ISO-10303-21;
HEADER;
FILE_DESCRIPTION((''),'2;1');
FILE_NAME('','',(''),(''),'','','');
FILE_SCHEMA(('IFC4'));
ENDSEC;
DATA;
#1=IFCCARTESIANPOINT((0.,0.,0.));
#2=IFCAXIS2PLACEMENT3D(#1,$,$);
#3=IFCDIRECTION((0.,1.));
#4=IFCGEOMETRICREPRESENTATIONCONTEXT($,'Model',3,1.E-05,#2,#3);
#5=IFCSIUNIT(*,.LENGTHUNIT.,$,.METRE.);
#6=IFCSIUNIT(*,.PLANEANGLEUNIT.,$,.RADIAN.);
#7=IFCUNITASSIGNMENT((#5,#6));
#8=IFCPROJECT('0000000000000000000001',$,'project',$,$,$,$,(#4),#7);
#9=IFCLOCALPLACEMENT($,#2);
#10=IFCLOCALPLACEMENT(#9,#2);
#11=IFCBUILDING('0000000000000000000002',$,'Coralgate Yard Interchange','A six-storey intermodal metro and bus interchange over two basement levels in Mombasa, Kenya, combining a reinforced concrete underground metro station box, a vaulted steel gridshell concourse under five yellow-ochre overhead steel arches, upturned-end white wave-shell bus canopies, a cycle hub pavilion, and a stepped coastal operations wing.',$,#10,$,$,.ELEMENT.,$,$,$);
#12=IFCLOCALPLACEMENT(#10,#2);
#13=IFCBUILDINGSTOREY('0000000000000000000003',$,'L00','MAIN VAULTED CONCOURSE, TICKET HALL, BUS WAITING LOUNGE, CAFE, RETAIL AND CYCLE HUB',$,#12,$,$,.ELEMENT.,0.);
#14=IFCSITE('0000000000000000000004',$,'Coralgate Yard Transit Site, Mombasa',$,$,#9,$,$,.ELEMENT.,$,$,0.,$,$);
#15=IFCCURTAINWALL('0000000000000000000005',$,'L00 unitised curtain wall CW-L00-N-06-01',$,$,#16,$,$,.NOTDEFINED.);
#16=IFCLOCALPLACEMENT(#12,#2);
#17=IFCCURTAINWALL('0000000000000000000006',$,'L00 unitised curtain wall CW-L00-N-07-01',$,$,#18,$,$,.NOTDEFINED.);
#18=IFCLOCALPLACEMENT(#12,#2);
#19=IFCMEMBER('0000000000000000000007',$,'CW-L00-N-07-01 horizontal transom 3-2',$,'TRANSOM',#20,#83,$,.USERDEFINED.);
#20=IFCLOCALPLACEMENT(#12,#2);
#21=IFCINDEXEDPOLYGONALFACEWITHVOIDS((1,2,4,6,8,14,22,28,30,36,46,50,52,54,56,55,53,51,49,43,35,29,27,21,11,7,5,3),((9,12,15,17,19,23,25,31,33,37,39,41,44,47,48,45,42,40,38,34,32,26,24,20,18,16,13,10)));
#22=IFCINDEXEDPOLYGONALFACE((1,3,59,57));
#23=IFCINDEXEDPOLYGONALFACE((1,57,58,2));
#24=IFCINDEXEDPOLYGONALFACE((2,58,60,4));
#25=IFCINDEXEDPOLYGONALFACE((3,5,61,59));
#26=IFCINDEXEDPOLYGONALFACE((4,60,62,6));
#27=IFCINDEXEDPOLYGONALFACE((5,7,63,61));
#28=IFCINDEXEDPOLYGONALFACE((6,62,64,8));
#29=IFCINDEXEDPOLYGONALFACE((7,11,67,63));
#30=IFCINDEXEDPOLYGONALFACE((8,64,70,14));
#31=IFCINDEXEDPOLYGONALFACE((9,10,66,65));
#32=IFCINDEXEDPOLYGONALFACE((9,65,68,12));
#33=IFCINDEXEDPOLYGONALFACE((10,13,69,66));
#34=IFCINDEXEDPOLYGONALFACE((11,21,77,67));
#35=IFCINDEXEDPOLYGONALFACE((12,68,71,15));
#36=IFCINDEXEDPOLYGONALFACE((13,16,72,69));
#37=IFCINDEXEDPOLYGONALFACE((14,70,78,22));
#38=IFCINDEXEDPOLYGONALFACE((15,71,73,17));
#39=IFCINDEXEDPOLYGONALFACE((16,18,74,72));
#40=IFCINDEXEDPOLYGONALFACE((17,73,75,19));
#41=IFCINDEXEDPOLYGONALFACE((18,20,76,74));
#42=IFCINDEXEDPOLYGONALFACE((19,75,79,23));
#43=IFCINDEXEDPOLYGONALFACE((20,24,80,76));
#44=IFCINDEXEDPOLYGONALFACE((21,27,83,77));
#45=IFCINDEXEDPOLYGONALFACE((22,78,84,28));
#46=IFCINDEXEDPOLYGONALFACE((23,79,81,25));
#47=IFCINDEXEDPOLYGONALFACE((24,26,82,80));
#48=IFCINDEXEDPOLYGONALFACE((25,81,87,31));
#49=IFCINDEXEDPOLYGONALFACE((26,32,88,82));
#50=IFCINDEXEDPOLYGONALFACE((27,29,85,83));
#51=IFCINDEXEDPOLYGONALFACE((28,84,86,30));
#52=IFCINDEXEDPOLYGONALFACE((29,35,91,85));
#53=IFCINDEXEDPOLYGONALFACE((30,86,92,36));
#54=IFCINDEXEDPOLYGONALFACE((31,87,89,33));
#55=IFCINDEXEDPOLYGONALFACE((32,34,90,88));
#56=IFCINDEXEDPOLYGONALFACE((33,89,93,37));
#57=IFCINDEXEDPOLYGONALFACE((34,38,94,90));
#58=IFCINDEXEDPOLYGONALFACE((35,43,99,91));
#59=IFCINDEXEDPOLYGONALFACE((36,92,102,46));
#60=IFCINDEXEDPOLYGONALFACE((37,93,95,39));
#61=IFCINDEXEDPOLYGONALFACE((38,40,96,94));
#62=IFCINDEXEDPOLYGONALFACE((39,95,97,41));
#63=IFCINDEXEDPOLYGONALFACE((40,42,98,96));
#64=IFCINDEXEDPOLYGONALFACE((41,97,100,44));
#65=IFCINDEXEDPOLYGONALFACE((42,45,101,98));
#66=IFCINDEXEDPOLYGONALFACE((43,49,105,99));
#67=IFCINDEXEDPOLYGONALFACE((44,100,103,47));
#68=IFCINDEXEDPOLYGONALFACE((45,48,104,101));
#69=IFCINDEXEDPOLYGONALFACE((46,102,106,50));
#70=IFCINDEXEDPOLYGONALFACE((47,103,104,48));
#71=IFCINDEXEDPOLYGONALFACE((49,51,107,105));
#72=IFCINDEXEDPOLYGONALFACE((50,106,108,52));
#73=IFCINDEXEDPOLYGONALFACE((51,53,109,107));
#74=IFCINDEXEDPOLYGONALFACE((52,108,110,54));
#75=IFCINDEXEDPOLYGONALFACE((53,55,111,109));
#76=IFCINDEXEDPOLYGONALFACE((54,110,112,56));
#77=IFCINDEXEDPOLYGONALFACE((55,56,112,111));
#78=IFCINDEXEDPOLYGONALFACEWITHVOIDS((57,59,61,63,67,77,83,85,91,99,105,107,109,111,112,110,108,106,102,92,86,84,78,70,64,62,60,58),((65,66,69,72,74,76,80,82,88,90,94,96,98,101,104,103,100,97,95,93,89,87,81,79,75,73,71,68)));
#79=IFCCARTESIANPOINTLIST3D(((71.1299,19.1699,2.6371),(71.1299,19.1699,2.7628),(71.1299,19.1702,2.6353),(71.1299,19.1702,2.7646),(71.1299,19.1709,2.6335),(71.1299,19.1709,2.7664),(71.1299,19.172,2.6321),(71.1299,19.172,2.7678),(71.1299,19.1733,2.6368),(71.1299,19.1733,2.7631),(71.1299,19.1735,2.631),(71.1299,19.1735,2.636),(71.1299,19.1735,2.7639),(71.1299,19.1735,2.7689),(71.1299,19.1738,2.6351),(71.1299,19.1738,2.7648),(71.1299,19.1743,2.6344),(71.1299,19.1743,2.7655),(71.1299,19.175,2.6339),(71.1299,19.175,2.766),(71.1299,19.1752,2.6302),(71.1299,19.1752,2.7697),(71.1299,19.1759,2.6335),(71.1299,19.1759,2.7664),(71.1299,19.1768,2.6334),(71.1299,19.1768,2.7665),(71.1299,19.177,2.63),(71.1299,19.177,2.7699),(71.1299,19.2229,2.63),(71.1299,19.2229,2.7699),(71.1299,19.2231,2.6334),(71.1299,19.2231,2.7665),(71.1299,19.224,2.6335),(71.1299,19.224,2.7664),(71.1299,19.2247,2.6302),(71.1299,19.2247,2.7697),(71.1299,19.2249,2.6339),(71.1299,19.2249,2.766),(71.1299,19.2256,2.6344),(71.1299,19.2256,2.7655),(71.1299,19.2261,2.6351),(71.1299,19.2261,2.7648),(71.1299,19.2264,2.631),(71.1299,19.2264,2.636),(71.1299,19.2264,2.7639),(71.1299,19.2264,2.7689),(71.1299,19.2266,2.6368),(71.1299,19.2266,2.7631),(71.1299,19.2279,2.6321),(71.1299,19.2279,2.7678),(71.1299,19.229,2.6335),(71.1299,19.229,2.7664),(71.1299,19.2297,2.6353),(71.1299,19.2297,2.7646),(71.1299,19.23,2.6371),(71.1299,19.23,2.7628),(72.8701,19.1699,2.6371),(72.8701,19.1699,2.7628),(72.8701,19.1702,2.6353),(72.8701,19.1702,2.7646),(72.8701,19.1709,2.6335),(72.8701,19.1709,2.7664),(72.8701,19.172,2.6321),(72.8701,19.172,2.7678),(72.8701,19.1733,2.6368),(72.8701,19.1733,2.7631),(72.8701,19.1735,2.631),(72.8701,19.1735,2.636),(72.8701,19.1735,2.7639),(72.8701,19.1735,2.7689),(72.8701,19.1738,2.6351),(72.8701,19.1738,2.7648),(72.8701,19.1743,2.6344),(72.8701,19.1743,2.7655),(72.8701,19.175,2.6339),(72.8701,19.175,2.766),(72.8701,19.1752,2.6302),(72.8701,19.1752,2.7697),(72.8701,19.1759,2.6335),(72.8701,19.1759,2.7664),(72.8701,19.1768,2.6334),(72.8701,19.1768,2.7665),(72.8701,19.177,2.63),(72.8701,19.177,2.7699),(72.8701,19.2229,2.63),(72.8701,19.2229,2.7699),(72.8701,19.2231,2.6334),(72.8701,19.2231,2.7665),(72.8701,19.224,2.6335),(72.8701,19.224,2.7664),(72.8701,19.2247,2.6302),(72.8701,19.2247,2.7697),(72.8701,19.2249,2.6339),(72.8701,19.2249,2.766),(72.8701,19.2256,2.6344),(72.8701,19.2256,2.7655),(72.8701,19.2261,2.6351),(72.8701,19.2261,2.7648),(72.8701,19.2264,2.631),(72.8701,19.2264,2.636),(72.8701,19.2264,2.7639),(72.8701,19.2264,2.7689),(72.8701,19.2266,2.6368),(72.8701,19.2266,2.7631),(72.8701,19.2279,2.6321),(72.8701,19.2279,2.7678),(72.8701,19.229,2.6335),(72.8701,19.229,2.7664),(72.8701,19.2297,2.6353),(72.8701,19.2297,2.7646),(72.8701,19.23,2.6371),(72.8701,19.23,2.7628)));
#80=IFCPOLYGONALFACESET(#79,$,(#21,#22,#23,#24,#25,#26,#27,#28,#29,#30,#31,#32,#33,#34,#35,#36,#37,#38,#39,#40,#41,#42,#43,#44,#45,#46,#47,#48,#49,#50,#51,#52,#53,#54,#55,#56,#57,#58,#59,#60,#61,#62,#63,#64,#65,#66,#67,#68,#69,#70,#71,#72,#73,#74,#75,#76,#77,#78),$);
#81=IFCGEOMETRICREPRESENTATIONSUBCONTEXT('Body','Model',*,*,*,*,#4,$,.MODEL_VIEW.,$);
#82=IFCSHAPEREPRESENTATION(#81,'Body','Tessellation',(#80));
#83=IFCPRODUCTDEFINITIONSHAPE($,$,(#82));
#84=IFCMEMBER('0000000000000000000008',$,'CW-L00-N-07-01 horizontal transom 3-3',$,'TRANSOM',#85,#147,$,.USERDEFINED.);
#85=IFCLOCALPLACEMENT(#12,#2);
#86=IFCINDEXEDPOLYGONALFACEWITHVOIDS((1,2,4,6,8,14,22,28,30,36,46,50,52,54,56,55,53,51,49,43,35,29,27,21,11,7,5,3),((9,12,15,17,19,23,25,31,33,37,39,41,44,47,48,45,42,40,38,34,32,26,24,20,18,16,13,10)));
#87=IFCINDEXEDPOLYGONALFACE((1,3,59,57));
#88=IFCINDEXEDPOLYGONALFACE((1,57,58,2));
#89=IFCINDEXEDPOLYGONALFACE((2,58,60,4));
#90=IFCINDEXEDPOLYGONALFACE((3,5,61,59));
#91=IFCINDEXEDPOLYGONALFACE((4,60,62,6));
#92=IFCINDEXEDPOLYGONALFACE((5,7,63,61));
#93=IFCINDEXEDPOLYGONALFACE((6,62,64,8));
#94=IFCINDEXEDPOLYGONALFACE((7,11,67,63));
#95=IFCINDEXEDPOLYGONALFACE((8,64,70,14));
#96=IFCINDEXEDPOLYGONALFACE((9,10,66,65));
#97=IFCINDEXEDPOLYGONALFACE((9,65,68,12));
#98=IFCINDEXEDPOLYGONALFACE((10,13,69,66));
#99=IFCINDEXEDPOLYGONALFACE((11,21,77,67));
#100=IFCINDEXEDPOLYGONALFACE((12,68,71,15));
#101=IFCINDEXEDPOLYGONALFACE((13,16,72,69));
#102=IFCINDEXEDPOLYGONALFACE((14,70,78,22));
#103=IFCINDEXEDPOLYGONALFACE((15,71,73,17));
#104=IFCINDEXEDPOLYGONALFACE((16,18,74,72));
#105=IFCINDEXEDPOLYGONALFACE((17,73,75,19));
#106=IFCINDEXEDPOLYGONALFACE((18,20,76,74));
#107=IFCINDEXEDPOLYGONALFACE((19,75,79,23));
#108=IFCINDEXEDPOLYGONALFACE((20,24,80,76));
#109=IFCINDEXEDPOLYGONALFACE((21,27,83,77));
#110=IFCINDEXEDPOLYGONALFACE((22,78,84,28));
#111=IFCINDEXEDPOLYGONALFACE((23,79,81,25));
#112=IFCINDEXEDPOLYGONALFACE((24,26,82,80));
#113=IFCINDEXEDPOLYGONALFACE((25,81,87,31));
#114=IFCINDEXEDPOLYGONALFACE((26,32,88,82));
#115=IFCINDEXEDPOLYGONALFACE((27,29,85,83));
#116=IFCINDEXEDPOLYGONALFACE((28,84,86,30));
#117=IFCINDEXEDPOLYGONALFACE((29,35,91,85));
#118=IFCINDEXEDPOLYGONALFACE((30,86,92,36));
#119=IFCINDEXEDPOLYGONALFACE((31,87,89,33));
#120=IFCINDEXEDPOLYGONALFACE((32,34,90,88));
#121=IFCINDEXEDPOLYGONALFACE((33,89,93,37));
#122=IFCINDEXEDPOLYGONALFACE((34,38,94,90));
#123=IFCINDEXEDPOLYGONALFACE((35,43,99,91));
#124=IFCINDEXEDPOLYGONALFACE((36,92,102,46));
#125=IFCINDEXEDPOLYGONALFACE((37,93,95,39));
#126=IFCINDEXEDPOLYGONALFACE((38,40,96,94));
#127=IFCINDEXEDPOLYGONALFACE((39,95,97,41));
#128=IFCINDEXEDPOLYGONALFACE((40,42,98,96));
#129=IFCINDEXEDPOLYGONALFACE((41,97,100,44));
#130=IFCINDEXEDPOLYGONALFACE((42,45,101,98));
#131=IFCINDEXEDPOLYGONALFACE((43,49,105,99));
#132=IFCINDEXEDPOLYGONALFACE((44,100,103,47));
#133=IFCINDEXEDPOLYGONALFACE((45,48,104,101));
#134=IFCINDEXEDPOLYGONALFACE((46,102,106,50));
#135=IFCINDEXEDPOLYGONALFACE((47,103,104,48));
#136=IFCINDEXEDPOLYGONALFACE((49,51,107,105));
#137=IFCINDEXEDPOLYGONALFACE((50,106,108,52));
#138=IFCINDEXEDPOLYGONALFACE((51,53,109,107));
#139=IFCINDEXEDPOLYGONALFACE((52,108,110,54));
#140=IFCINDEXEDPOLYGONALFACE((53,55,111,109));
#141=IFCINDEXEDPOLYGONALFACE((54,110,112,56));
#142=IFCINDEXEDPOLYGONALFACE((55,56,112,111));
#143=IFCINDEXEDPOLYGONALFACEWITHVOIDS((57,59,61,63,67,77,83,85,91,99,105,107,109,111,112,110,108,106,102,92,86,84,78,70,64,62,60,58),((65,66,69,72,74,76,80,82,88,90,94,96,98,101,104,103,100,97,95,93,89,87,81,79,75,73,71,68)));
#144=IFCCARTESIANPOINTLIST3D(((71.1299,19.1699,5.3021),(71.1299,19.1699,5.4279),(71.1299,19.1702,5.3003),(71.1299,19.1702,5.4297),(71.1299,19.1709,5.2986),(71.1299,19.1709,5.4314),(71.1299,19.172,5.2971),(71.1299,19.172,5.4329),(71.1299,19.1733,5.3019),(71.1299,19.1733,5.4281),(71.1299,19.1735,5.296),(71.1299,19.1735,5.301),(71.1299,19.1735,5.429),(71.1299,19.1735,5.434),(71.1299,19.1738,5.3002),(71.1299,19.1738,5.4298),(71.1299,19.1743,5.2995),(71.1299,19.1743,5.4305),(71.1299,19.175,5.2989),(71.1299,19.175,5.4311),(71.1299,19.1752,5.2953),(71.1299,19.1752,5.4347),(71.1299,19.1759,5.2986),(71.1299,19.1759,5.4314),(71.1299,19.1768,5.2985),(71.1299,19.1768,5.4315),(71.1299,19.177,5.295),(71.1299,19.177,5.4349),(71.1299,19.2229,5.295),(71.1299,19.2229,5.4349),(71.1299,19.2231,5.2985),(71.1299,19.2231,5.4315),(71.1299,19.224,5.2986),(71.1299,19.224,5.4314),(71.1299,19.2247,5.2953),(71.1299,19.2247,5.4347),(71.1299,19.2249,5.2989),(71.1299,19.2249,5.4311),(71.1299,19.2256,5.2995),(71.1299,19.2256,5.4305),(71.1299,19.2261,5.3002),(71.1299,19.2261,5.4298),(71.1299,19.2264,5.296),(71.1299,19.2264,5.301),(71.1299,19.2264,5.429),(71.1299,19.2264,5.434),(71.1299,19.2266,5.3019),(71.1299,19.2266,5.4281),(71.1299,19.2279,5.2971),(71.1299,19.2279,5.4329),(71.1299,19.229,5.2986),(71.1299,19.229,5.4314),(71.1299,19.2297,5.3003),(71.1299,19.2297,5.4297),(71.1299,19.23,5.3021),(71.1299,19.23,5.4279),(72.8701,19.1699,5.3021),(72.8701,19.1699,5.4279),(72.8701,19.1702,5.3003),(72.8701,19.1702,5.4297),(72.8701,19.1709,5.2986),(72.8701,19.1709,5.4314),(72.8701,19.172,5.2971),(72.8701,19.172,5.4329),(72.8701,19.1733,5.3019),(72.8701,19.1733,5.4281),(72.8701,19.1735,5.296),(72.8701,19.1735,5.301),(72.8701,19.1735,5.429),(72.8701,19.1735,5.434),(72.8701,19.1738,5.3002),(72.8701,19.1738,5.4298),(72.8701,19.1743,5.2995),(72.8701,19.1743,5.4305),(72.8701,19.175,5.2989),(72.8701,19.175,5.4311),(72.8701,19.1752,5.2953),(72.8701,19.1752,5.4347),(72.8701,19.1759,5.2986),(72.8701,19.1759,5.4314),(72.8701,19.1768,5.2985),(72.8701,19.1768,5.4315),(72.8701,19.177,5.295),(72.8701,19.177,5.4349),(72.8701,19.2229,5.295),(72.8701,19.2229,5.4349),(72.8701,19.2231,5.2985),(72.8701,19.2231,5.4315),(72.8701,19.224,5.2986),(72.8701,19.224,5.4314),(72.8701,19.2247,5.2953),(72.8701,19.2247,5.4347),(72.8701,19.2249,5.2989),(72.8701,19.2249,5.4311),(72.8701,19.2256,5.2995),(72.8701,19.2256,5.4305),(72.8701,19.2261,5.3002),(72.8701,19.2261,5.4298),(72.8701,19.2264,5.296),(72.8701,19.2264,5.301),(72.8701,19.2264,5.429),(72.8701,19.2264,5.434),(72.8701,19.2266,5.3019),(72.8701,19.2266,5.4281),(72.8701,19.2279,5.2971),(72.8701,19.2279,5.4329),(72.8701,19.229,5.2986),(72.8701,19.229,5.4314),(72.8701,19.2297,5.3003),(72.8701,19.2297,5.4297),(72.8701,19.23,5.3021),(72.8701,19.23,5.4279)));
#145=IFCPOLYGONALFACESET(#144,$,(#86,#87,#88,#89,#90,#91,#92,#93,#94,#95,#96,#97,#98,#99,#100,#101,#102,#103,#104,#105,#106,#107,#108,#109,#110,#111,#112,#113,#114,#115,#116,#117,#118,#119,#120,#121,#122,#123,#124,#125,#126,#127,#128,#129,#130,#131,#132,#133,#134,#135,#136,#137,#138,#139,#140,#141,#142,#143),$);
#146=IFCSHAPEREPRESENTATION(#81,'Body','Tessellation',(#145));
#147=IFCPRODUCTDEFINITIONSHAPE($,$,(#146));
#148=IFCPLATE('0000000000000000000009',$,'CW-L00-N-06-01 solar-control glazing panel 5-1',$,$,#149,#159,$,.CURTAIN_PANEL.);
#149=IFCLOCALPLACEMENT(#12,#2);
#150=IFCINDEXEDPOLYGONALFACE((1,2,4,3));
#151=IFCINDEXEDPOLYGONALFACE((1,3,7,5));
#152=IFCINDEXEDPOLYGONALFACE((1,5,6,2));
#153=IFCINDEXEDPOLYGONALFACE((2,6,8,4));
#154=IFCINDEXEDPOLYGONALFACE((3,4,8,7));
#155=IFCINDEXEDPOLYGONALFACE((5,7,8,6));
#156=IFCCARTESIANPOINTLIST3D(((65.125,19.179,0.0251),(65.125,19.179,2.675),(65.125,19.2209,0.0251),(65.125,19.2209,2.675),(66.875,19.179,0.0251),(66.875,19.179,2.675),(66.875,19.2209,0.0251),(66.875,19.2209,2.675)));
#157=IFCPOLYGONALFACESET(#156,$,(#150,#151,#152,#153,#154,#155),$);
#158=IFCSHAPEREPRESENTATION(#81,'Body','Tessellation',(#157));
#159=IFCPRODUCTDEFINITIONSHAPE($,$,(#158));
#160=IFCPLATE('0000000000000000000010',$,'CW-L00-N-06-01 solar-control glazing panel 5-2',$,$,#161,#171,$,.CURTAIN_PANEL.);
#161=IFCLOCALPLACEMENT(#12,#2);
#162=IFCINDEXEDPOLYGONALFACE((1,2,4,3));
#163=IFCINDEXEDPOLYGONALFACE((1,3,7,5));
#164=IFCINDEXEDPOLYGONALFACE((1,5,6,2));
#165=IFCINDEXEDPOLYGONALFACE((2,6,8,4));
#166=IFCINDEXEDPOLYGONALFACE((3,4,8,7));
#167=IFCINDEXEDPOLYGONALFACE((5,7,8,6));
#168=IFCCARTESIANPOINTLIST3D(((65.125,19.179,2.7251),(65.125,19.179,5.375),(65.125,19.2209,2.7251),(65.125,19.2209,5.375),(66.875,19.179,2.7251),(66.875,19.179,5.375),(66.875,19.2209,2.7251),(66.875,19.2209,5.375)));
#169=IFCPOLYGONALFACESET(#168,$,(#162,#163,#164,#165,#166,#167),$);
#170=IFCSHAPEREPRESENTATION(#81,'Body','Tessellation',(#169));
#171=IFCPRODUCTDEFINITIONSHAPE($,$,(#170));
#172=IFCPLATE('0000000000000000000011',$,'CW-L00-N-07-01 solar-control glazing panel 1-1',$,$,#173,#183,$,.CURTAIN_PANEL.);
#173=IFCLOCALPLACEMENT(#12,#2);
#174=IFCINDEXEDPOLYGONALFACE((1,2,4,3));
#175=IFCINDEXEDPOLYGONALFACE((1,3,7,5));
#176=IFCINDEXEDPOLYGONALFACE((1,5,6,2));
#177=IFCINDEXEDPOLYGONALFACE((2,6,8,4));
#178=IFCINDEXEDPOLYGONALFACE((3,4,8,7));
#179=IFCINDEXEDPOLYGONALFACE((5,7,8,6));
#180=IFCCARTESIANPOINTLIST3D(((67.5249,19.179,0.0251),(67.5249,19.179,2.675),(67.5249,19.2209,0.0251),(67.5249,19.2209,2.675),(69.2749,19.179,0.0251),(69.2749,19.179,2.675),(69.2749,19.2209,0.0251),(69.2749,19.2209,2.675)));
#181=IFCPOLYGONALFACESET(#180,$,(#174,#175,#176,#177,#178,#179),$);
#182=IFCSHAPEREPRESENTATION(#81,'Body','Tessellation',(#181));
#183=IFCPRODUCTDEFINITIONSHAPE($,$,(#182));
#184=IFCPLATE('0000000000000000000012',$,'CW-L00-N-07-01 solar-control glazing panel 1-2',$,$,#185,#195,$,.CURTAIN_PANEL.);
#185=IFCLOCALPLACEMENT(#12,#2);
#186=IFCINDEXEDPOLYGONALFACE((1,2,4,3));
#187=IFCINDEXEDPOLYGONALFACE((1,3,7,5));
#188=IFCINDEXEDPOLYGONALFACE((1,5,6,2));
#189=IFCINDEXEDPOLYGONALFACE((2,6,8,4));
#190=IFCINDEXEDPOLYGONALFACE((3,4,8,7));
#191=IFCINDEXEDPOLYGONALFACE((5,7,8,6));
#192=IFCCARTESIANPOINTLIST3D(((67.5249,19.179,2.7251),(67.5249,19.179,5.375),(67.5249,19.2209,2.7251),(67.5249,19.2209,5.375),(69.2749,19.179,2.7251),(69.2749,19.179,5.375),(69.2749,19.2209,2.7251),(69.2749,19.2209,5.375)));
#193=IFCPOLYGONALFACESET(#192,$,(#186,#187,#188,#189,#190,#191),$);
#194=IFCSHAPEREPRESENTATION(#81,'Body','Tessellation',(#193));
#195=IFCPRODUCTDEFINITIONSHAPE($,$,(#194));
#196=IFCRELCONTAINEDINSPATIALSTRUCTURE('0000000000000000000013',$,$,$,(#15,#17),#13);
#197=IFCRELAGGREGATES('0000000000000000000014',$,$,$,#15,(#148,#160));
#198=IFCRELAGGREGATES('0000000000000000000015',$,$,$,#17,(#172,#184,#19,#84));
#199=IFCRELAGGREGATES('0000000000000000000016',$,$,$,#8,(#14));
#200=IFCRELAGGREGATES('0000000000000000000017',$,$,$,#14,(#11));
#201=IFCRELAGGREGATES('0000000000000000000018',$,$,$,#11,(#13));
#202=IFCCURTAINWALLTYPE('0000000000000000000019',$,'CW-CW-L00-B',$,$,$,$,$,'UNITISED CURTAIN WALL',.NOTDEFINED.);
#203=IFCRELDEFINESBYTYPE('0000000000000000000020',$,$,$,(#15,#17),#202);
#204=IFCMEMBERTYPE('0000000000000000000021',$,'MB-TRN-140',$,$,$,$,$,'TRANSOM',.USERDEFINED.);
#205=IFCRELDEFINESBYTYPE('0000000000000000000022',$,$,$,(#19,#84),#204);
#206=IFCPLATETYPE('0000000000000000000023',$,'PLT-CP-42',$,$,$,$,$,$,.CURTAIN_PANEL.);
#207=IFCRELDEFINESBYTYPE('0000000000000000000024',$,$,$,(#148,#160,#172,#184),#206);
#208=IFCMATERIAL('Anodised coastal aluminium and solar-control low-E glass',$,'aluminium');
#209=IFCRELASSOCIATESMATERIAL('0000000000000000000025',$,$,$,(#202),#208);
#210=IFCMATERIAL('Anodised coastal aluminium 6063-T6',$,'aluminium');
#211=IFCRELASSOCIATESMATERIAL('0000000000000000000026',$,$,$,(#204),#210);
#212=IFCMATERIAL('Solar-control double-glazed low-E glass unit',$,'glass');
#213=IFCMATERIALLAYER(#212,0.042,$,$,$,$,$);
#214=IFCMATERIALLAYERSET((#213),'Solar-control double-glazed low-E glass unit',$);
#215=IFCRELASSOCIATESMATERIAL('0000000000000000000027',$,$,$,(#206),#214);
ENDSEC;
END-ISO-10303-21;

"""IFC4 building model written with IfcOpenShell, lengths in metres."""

from ifc_helpers import new_model, si_unit, direction, frame, origin, origin_2d, place, context, subcontext, project, spatial, rectangle, hollow_rectangle, extrude, material, layer, layer_set, material_profile, profile_set, type_object, element, aggregate, save


model = new_model("IFC4")

# Units and contexts
model_context = context("Model", 3, precision=1e-05, world=origin(), true_north=direction((0.0, 1.0)))
body_context = subcontext(model_context, "Body", "Model", "MODEL_VIEW")
ifc_project = project(units=[si_unit("LENGTHUNIT", "METRE"), si_unit("PLANEANGLEUNIT", "RADIAN")], contexts=[model_context])

# Site, building, storey
site_placement = place(None, origin())
site = spatial("IfcSite", under=ifc_project, at=site_placement, Name="Coralgate Yard Transit Site, Mombasa", CompositionType="ELEMENT", RefElevation=0.0)
building_placement = place(site_placement, origin())
building = spatial("IfcBuilding", under=site, at=building_placement, Name="Coralgate Yard Interchange", Description="A six-storey intermodal metro and bus interchange over two basement levels in Mombasa, Kenya, combining a reinforced concrete underground metro station box, a vaulted steel gridshell concourse under five yellow-ochre overhead steel arches, upturned-end white wave-shell bus canopies, a cycle hub pavilion, and a stepped coastal operations wing.", CompositionType="ELEMENT")
storey_placement = place(building_placement, origin())
storey = spatial("IfcBuildingStorey", under=building, at=storey_placement, Name="L00", Description="MAIN VAULTED CONCOURSE, TICKET HALL, BUS WAITING LOUNGE, CAFE, RETAIL AND CYCLE HUB", CompositionType="ELEMENT", Elevation=0.0)

# Curtain wall
ifc_material_1 = material(Name="Anodised coastal aluminium and solar-control low-E glass", Category="aluminium")
curtain_wall_type = type_object("IfcCurtainWallType", Name="CW-CW-L00-B", ElementType="UNITISED CURTAIN WALL", PredefinedType="NOTDEFINED", material=ifc_material_1)
curtain_wall_1_placement = place(storey_placement, origin())
curtain_wall_1 = element("IfcCurtainWall", 1, at=curtain_wall_1_placement, inside=storey, type_object=curtain_wall_type, Name="L00 unitised curtain wall CW-L00-N-06-01", PredefinedType="NOTDEFINED")
ifc_material_2 = material(Name="Anodised coastal aluminium 6063-T6", Category="aluminium")

# Curtain wall
curtain_wall_2_placement = place(storey_placement, origin())
curtain_wall_2 = element("IfcCurtainWall", 2, at=curtain_wall_2_placement, inside=storey, type_object=curtain_wall_type, Name="L00 unitised curtain wall CW-L00-N-07-01", PredefinedType="NOTDEFINED")

# Members
ifc_material_profile_1 = material_profile(ifc_material_2, hollow_rectangle(XDim=0.0601, YDim=0.1399, WallThickness=0.0034, InnerFilletRadius=0.0034, OuterFilletRadius=0.0071, at=origin_2d()), Name="ALU 60x140x3.5")
ifc_profile_set_1 = profile_set([ifc_material_profile_1], Name="Anodised coastal aluminium 6063-T6")
member_type_1 = type_object("IfcMemberType", Name="MB-TRN-140", ElementType="TRANSOM", PredefinedType="USERDEFINED", material=ifc_profile_set_1)
member_1_placement = place(storey_placement, frame((71.1299, 19.2, 2.7), z_axis=(1.0, 0.0, 0.0), x_axis=(0.0, 1.0, 0.0)))
member_1 = element("IfcMember", 3, at=member_1_placement, type_object=member_type_1, Name="CW-L00-N-07-01 horizontal transom 3-2", ObjectType="TRANSOM", PredefinedType="USERDEFINED", context=body_context, shape_type="SweptSolid", body=[
    extrude(hollow_rectangle(XDim=0.0601, YDim=0.1399, WallThickness=0.0034, InnerFilletRadius=0.0034, OuterFilletRadius=0.0071, at=origin_2d()), origin(), (0.0, 0.0, 1.0), 1.7402),
])
member_2_placement = place(storey_placement, frame((71.1299, 19.2, 5.365), z_axis=(1.0, 0.0, 0.0), x_axis=(0.0, 1.0, 0.0)))
member_2 = element("IfcMember", 4, at=member_2_placement, type_object=member_type_1, Name="CW-L00-N-07-01 horizontal transom 3-3", ObjectType="TRANSOM", PredefinedType="USERDEFINED", context=body_context, shape_type="SweptSolid", body=[
    extrude(hollow_rectangle(XDim=0.0601, YDim=0.1399, WallThickness=0.0034, InnerFilletRadius=0.0034, OuterFilletRadius=0.0071, at=origin_2d()), origin(), (0.0, 0.0, 1.0), 1.7402),
])

# Plates
ifc_material_3 = material(Name="Solar-control double-glazed low-E glass unit", Category="glass")
ifc_layer = layer(ifc_material_3, 0.042)
ifc_layer_set = layer_set([ifc_layer], Name="Solar-control double-glazed low-E glass unit")
plate_type = type_object("IfcPlateType", Name="PLT-CP-42", PredefinedType="CURTAIN_PANEL", material=ifc_layer_set)
plate_1_placement = place(storey_placement, frame((66.0, 19.2, 0.0251), z_axis=(0.0, 0.0, 1.0), x_axis=(1.0, 0.0, 0.0)))
plate_1 = element("IfcPlate", 5, at=plate_1_placement, type_object=plate_type, Name="CW-L00-N-06-01 solar-control glazing panel 5-1", PredefinedType="CURTAIN_PANEL", context=body_context, shape_type="SweptSolid", body=[
    extrude(rectangle(XDim=1.75, YDim=0.042, at=origin_2d()), origin(), (0.0, 0.0, 1.0), 2.6499),
])
plate_2_placement = place(storey_placement, frame((66.0, 19.2, 2.7251), z_axis=(0.0, 0.0, 1.0), x_axis=(1.0, 0.0, 0.0)))
plate_2 = element("IfcPlate", 6, at=plate_2_placement, type_object=plate_type, Name="CW-L00-N-06-01 solar-control glazing panel 5-2", PredefinedType="CURTAIN_PANEL", context=body_context, shape_type="SweptSolid", body=[
    extrude(rectangle(XDim=1.75, YDim=0.042, at=origin_2d()), origin(), (0.0, 0.0, 1.0), 2.6499),
])
aggregate(curtain_wall_1, [plate_1, plate_2])
plate_3_placement = place(storey_placement, frame((68.3999, 19.2, 0.0251), z_axis=(0.0, 0.0, 1.0), x_axis=(1.0, 0.0, 0.0)))
plate_3 = element("IfcPlate", 7, at=plate_3_placement, type_object=plate_type, Name="CW-L00-N-07-01 solar-control glazing panel 1-1", PredefinedType="CURTAIN_PANEL", context=body_context, shape_type="SweptSolid", body=[
    extrude(rectangle(XDim=1.75, YDim=0.042, at=origin_2d()), origin(), (0.0, 0.0, 1.0), 2.6499),
])
plate_4_placement = place(storey_placement, frame((68.3999, 19.2, 2.7251), z_axis=(0.0, 0.0, 1.0), x_axis=(1.0, 0.0, 0.0)))
plate_4 = element("IfcPlate", 8, at=plate_4_placement, type_object=plate_type, Name="CW-L00-N-07-01 solar-control glazing panel 1-2", PredefinedType="CURTAIN_PANEL", context=body_context, shape_type="SweptSolid", body=[
    extrude(rectangle(XDim=1.75, YDim=0.042, at=origin_2d()), origin(), (0.0, 0.0, 1.0), 2.6499),
])
aggregate(curtain_wall_2, [plate_3, plate_4, member_1, member_2])

save(model, "model.ifc")
